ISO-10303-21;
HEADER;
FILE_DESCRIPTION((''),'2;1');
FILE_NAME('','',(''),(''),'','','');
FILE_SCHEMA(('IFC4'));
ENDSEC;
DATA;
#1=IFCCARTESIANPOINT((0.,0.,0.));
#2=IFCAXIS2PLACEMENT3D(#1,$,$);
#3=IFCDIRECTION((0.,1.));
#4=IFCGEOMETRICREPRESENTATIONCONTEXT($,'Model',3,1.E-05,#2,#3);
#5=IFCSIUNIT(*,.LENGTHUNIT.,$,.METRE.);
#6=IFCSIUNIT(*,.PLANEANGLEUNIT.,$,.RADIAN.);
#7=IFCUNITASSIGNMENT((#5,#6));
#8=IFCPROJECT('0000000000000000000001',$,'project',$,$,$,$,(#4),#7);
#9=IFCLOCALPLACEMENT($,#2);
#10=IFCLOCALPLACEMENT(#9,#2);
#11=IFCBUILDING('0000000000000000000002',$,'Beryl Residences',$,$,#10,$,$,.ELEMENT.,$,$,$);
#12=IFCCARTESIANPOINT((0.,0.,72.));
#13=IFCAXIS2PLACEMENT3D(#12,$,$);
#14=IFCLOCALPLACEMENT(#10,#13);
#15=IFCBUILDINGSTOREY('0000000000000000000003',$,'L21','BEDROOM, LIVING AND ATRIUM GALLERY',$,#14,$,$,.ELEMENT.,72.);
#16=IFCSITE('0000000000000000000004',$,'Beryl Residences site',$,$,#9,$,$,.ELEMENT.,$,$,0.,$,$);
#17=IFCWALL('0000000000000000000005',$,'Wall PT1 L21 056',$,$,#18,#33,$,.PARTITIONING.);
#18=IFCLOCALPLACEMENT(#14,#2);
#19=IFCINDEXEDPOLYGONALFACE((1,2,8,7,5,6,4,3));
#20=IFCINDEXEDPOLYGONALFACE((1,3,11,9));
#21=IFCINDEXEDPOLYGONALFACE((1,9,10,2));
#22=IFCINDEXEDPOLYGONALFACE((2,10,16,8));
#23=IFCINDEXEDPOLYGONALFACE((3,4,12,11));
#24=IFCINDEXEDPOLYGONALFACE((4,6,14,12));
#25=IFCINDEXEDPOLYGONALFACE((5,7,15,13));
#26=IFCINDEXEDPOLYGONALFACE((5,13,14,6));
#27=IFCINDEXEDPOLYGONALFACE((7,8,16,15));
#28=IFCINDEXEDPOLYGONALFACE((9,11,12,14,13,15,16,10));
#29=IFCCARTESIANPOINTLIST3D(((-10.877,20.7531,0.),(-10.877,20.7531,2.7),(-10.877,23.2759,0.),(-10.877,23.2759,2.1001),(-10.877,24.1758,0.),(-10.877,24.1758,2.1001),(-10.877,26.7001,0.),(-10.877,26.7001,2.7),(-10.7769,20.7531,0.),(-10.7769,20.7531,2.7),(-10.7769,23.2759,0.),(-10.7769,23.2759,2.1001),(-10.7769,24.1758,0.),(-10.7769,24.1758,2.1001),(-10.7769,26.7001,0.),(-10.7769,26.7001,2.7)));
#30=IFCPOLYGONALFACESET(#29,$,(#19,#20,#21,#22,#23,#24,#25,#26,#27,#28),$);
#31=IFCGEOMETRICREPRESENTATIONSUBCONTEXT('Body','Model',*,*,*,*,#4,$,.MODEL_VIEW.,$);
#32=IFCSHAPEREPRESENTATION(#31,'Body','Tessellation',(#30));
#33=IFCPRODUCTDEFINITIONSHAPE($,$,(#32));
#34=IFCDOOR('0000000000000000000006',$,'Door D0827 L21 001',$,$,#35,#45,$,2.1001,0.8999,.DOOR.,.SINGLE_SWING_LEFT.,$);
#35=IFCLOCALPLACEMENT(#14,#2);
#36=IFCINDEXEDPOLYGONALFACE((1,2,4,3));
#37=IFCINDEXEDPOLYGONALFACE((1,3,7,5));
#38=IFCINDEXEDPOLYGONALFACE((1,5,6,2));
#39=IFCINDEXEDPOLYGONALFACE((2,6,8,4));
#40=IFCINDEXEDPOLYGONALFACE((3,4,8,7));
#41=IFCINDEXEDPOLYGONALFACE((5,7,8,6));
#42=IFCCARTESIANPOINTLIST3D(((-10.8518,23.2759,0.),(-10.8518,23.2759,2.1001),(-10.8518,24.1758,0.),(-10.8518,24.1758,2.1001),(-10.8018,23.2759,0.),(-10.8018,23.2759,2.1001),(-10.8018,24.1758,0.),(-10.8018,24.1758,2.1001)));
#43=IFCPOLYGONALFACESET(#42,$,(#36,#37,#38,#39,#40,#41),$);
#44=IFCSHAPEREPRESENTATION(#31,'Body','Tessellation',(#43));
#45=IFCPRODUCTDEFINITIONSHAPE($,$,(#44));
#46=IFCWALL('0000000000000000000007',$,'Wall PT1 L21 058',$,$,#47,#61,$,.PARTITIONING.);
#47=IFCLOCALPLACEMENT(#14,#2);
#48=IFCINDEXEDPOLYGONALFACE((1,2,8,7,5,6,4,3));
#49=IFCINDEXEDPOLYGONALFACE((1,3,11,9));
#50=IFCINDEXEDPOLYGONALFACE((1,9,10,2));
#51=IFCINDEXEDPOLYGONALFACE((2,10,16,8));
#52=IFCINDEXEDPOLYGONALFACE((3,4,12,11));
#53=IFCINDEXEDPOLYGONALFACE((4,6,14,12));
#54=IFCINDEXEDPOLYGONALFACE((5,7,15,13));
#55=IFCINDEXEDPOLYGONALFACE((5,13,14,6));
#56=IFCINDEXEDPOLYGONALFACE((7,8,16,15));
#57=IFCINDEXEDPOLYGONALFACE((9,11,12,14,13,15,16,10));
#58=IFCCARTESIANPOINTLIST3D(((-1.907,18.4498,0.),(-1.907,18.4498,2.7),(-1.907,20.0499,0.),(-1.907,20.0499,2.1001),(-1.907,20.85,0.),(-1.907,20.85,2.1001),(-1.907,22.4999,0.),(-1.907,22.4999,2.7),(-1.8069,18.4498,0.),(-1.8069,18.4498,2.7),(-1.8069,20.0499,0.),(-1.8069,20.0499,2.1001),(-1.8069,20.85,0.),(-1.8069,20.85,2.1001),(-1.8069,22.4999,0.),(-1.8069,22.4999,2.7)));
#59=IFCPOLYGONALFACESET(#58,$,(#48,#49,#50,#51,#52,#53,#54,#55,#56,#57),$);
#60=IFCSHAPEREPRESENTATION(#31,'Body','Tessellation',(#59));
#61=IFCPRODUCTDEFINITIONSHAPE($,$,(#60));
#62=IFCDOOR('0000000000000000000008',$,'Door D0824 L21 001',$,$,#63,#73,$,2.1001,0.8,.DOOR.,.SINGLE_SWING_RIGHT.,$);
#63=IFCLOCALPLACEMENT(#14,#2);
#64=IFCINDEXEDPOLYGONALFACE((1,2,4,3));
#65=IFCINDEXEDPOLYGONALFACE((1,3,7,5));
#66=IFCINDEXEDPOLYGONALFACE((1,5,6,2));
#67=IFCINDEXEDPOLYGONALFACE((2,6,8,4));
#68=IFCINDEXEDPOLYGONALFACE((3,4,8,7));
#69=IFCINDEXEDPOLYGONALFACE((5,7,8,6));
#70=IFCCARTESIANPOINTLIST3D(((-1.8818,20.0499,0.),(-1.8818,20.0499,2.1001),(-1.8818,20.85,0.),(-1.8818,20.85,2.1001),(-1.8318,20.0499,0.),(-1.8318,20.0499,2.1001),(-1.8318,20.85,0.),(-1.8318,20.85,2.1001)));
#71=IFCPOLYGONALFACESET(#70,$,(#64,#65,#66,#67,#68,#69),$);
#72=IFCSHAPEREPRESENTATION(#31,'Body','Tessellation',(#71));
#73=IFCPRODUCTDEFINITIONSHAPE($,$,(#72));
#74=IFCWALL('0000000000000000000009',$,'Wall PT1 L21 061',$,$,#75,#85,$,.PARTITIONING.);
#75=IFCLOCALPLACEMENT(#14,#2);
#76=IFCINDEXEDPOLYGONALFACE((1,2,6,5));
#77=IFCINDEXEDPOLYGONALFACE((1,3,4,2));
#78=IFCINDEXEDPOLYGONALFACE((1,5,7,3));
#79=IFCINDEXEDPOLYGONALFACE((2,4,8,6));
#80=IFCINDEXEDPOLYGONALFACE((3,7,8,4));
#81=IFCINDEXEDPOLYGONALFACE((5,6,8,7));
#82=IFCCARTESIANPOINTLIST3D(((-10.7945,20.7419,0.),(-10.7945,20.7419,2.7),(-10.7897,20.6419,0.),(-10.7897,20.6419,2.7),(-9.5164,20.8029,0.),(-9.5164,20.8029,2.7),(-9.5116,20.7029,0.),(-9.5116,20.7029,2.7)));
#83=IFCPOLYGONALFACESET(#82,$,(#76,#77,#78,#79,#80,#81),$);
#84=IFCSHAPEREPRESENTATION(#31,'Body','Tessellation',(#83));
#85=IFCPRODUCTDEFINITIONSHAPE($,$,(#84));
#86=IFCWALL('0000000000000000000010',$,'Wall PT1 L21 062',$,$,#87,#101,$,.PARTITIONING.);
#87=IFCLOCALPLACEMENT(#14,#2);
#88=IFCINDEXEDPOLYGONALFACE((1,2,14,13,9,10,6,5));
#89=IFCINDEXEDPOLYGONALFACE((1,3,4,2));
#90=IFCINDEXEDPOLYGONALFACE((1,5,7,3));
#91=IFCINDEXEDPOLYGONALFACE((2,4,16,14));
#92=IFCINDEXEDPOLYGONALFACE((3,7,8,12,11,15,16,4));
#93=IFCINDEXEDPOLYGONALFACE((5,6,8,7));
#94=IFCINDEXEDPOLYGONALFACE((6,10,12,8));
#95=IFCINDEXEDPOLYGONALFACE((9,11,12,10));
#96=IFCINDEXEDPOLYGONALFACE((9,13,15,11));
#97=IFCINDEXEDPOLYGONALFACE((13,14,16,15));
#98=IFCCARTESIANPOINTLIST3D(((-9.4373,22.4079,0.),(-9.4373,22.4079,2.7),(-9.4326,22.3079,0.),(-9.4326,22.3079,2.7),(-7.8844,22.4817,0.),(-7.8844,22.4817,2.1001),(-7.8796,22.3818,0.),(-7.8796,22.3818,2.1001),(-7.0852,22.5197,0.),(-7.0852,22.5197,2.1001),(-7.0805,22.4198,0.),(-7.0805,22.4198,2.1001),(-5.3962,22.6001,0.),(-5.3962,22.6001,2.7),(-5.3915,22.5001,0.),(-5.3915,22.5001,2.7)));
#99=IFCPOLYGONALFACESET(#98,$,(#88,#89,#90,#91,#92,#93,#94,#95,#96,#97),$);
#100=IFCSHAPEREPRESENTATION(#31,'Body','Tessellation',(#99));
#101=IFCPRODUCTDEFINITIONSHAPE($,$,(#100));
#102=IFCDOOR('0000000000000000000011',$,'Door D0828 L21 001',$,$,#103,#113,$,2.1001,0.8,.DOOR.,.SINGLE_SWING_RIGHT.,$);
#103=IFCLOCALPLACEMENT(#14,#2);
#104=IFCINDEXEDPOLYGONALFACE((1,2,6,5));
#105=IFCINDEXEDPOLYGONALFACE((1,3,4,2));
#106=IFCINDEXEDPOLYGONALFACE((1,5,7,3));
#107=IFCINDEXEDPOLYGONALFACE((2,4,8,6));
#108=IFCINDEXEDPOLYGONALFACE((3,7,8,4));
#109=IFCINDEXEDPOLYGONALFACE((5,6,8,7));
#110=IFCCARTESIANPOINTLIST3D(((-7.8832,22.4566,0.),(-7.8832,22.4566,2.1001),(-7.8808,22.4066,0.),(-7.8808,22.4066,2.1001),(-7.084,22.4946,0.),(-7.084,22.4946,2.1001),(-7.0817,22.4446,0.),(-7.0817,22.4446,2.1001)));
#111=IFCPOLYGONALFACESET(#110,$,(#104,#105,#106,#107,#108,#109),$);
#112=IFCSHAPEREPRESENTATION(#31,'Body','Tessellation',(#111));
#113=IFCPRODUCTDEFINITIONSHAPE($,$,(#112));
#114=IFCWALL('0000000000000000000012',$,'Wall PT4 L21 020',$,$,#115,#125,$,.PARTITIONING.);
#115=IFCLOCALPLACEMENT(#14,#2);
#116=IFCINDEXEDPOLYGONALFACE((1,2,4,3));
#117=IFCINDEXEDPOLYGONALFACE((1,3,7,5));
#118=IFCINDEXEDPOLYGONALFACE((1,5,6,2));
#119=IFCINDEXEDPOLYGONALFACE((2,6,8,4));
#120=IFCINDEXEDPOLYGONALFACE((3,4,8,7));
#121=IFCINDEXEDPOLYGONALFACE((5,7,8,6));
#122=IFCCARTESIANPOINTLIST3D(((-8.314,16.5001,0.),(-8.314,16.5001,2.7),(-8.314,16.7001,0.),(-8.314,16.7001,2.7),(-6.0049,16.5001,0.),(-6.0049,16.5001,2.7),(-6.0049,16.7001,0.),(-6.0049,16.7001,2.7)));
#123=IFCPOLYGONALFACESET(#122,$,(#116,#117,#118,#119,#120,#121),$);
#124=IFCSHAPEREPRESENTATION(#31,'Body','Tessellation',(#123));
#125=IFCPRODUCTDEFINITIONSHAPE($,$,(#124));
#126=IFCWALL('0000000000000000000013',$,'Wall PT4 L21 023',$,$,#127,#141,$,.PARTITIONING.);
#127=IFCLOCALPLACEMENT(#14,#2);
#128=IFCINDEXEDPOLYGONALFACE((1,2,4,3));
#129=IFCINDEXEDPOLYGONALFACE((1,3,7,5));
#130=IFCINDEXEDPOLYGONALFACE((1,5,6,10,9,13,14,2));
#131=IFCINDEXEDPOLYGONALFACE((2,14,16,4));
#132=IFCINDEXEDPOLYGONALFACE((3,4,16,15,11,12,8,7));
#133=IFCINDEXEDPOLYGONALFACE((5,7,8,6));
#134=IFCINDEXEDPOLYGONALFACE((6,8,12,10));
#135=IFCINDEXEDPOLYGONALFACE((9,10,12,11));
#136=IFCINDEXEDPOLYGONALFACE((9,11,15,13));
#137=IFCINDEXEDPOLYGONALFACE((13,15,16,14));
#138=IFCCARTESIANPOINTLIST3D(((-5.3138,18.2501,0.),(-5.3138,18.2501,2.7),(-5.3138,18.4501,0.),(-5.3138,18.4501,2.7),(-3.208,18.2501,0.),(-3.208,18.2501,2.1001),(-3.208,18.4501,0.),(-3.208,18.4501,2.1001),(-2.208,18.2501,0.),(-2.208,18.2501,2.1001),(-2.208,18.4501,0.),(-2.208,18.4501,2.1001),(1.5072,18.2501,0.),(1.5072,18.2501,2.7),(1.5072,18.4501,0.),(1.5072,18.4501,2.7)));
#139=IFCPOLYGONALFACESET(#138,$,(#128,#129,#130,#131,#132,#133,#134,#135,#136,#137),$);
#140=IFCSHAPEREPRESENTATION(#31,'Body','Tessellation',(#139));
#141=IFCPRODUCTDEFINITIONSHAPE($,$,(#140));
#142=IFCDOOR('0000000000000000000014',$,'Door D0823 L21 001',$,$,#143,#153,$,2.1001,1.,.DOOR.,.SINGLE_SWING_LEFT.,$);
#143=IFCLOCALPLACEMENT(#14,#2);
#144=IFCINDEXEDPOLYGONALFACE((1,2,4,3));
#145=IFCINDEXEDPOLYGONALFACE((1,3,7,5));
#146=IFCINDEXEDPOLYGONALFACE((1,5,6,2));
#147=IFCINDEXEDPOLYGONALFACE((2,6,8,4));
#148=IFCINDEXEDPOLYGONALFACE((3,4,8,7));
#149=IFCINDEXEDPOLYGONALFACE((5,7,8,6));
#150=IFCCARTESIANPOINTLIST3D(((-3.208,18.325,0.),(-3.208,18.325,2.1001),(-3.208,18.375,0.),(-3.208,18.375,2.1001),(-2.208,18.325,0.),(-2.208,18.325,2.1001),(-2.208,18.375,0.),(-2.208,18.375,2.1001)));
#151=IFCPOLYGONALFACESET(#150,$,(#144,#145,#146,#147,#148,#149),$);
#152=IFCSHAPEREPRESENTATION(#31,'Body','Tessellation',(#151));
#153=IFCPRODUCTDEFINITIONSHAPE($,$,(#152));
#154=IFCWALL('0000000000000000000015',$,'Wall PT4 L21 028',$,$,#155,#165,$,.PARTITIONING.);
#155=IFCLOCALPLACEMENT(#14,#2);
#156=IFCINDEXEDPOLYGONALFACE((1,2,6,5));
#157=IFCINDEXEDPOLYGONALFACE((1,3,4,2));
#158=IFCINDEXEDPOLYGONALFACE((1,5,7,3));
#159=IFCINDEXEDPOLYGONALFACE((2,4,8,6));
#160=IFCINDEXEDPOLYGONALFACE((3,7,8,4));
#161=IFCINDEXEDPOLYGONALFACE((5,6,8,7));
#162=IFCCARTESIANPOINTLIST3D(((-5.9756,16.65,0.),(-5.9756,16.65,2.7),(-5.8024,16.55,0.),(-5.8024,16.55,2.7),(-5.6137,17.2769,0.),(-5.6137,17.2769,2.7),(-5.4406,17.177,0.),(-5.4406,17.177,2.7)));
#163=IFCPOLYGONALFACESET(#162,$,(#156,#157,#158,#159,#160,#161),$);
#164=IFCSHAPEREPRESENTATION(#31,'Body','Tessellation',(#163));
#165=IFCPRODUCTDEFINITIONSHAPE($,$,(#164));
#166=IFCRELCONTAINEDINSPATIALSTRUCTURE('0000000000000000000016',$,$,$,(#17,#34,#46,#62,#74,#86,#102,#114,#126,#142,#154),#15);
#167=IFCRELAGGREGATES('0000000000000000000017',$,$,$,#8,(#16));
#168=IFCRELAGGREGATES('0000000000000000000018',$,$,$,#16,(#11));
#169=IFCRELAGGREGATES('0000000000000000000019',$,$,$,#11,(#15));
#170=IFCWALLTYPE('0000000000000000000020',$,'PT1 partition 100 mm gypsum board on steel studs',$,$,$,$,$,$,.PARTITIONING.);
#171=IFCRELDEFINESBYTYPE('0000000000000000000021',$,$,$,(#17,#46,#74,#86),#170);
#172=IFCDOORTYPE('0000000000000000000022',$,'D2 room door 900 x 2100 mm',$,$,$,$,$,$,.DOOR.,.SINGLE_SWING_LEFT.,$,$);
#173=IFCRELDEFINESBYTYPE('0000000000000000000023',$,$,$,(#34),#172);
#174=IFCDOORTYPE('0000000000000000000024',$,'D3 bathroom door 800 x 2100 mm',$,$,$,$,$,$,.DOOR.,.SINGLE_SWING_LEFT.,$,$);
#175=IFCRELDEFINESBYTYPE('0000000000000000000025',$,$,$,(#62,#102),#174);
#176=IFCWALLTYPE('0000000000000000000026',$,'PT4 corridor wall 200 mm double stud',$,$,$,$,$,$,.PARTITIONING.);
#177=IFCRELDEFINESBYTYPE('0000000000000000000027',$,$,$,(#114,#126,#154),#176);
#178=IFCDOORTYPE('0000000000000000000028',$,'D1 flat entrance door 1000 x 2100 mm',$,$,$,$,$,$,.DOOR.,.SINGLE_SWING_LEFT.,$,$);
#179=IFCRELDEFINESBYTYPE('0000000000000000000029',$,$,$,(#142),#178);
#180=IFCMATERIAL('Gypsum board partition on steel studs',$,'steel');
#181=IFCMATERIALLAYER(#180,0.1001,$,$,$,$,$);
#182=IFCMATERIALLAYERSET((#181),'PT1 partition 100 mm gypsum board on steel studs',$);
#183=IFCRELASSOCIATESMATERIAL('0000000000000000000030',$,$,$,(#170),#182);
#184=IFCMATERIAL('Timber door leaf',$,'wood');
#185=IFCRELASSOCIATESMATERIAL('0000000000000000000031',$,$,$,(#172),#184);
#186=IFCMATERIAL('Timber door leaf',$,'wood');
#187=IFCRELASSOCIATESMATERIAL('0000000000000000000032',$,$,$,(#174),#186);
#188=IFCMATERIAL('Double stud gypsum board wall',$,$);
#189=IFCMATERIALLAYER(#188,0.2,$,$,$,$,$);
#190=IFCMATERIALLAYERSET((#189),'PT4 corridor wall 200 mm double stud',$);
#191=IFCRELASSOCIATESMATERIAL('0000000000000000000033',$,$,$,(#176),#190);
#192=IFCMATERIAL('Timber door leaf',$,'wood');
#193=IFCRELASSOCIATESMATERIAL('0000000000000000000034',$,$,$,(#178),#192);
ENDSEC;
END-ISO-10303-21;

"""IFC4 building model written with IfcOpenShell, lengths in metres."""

from ifc_helpers import new_model, si_unit, direction, frame, frame_2d, origin, place, context, subcontext, project, spatial, rectangle, extrude, material, layer, layer_set, type_object, element, fill, save


model = new_model("IFC4")

# Units and contexts
model_context = context("Model", 3, precision=1e-05, world=origin(), true_north=direction((0.0, 1.0)))
body_context = subcontext(model_context, "Body", "Model", "MODEL_VIEW")
ifc_project = project(units=[si_unit("LENGTHUNIT", "METRE"), si_unit("PLANEANGLEUNIT", "RADIAN")], contexts=[model_context])

# Site, building, storey
site_placement = place(None, origin())
site = spatial("IfcSite", under=ifc_project, at=site_placement, Name="Beryl Residences site", CompositionType="ELEMENT", RefElevation=0.0)
building_placement = place(site_placement, origin())
building = spatial("IfcBuilding", under=site, at=building_placement, Name="Beryl Residences", CompositionType="ELEMENT")
storey_placement = place(building_placement, frame((0.0, 0.0, 72.0)))
storey = spatial("IfcBuildingStorey", under=building, at=storey_placement, Name="L21", Description="BEDROOM, LIVING AND ATRIUM GALLERY", CompositionType="ELEMENT", Elevation=72.0)

# Shared definitions
ifc_material_1 = material(Name="Gypsum board partition on steel studs", Category="steel")
ifc_layer_1 = layer(ifc_material_1, 0.1001)
ifc_layer_set_1 = layer_set([ifc_layer_1], Name="PT1 partition 100 mm gypsum board on steel studs")
wall_type_1 = type_object("IfcWallType", Name="PT1 partition 100 mm gypsum board on steel studs", PredefinedType="PARTITIONING", material=ifc_layer_set_1)

# Shared definitions
ifc_material_2 = material(Name="Timber door leaf", Category="wood")
door_type_1 = type_object("IfcDoorType", Name="D2 room door 900 x 2100 mm", OperationType="SINGLE_SWING_LEFT", PredefinedType="DOOR", material=ifc_material_2)

# Walls, openings, doors
wall_1_placement = place(storey_placement, frame((-10.8269, 20.7529, 0.0), z_axis=(0.0, 0.0, 1.0), x_axis=(0.0, 1.0, 0.0)))
wall_1 = element("IfcWall", 1, at=wall_1_placement, inside=storey, type_object=wall_type_1, Name="Wall PT1 L21 056", PredefinedType="PARTITIONING", context=body_context, shape_type="SweptSolid", body=[
    extrude(rectangle(XDim=5.947, YDim=0.1001, at=frame_2d((2.9736, 0.0))), origin(), (0.0, 0.0, 1.0), 2.7),
])
opening_1_placement = place(wall_1_placement, frame((2.5229, 0.0, 0.0)))
opening_1 = element("IfcOpeningElement", 2, at=opening_1_placement, cuts=wall_1, PredefinedType="OPENING", context=body_context, shape_type="SweptSolid", body=[
    extrude(rectangle(XDim=0.8999, YDim=2.1001, at=frame_2d((0.45, 1.05))), frame((0.0, 0.0601, 0.0), z_axis=(0.0, -1.0, 0.0), x_axis=(1.0, 0.0, 0.0)), (0.0, 0.0, 1.0), 0.1201),
])
door_1_placement = place(opening_1_placement, origin())
door_1 = element("IfcDoor", 3, at=door_1_placement, inside=storey, type_object=door_type_1, Name="Door D0827 L21 001", OperationType="SINGLE_SWING_LEFT", OverallHeight=2.1001, OverallWidth=0.8999, PredefinedType="DOOR", context=body_context, shape_type="SweptSolid", body=[
    extrude(rectangle(XDim=0.8999, YDim=2.1001, at=frame_2d((0.45, 1.05))), frame((0.0, 0.0249, 0.0), z_axis=(0.0, -1.0, 0.0), x_axis=(1.0, 0.0, 0.0)), (0.0, 0.0, 1.0), 0.05),
])
fill(opening_1, door_1)
wall_2_placement = place(storey_placement, frame((-1.8569, 18.45, 0.0), z_axis=(0.0, 0.0, 1.0), x_axis=(0.0, 1.0, 0.0)))
wall_2 = element("IfcWall", 4, at=wall_2_placement, inside=storey, type_object=wall_type_1, Name="Wall PT1 L21 058", PredefinedType="PARTITIONING", context=body_context, shape_type="SweptSolid", body=[
    extrude(rectangle(XDim=4.05, YDim=0.1001, at=frame_2d((2.0249, 0.0))), origin(), (0.0, 0.0, 1.0), 2.7),
])
opening_2_placement = place(wall_2_placement, frame((1.6001, 0.0, 0.0)))
opening_2 = element("IfcOpeningElement", 5, at=opening_2_placement, cuts=wall_2, PredefinedType="OPENING", context=body_context, shape_type="SweptSolid", body=[
    extrude(rectangle(XDim=0.8, YDim=2.1001, at=frame_2d((0.3999, 1.05))), frame((0.0, 0.0601, 0.0), z_axis=(0.0, -1.0, 0.0), x_axis=(1.0, 0.0, 0.0)), (0.0, 0.0, 1.0), 0.1201),
])
ifc_material_3 = material(Name="Timber door leaf", Category="wood")
door_type_2 = type_object("IfcDoorType", Name="D3 bathroom door 800 x 2100 mm", OperationType="SINGLE_SWING_LEFT", PredefinedType="DOOR", material=ifc_material_3)
door_2_placement = place(opening_2_placement, origin())
door_2 = element("IfcDoor", 6, at=door_2_placement, inside=storey, type_object=door_type_2, Name="Door D0824 L21 001", OperationType="SINGLE_SWING_RIGHT", OverallHeight=2.1001, OverallWidth=0.8, PredefinedType="DOOR", context=body_context, shape_type="SweptSolid", body=[
    extrude(rectangle(XDim=0.8, YDim=2.1001, at=frame_2d((0.3999, 1.05))), frame((0.0, 0.0249, 0.0), z_axis=(0.0, -1.0, 0.0), x_axis=(1.0, 0.0, 0.0)), (0.0, 0.0, 1.0), 0.05),
])
fill(opening_2, door_2)

# Wall
wall_3_placement = place(storey_placement, frame((-10.792, 20.6919, 0.0), z_axis=(0.0, 0.0, 1.0), x_axis=(0.998862, 0.047701, 0.0)))
element("IfcWall", 7, at=wall_3_placement, inside=storey, type_object=wall_type_1, Name="Wall PT1 L21 061", PredefinedType="PARTITIONING", context=body_context, shape_type="SweptSolid", body=[
    extrude(rectangle(XDim=1.2795, YDim=0.1001, at=frame_2d((0.6396, 0.0))), origin(), (0.0, 0.0, 1.0), 2.7),
])

# Wall, opening, door
wall_4_placement = place(storey_placement, frame((-9.4351, 22.3579, 0.0), z_axis=(0.0, 0.0, 1.0), x_axis=(0.998872, 0.047493, 0.0)))
wall_4 = element("IfcWall", 8, at=wall_4_placement, inside=storey, type_object=wall_type_1, Name="Wall PT1 L21 062", PredefinedType="PARTITIONING", context=body_context, shape_type="SweptSolid", body=[
    extrude(rectangle(XDim=4.0457, YDim=0.1001, at=frame_2d((2.0229, 0.0))), origin(), (0.0, 0.0, 1.0), 2.7),
])
opening_3_placement = place(wall_4_placement, frame((1.5549, 0.0, 0.0)))
opening_3 = element("IfcOpeningElement", 9, at=opening_3_placement, cuts=wall_4, PredefinedType="OPENING", context=body_context, shape_type="SweptSolid", body=[
    extrude(rectangle(XDim=0.8, YDim=2.1001, at=frame_2d((0.3999, 1.05))), frame((0.0, 0.0601, 0.0), z_axis=(0.0, -1.0, 0.0), x_axis=(1.0, 0.0, 0.0)), (0.0, 0.0, 1.0), 0.1201),
])
door_3_placement = place(opening_3_placement, origin())
door_3 = element("IfcDoor", 10, at=door_3_placement, inside=storey, type_object=door_type_2, Name="Door D0828 L21 001", OperationType="SINGLE_SWING_RIGHT", OverallHeight=2.1001, OverallWidth=0.8, PredefinedType="DOOR", context=body_context, shape_type="SweptSolid", body=[
    extrude(rectangle(XDim=0.8, YDim=2.1001, at=frame_2d((0.3999, 1.05))), frame((0.0, 0.0249, 0.0), z_axis=(0.0, -1.0, 0.0), x_axis=(1.0, 0.0, 0.0)), (0.0, 0.0, 1.0), 0.05),
])
fill(opening_3, door_3)

# Wall
ifc_material_4 = material(Name="Double stud gypsum board wall")
ifc_layer_2 = layer(ifc_material_4, 0.2)
ifc_layer_set_2 = layer_set([ifc_layer_2], Name="PT4 corridor wall 200 mm double stud")
wall_type_2 = type_object("IfcWallType", Name="PT4 corridor wall 200 mm double stud", PredefinedType="PARTITIONING", material=ifc_layer_set_2)
wall_5_placement = place(storey_placement, frame((-8.314, 16.6001, 0.0), z_axis=(0.0, 0.0, 1.0), x_axis=(1.0, 0.0, 0.0)))
element("IfcWall", 11, at=wall_5_placement, inside=storey, type_object=wall_type_2, Name="Wall PT4 L21 020", PredefinedType="PARTITIONING", context=body_context, shape_type="SweptSolid", body=[
    extrude(rectangle(XDim=2.3091, YDim=0.2, at=frame_2d((1.1545, 0.0))), origin(), (0.0, 0.0, 1.0), 2.7),
])

# Wall, opening, door
wall_6_placement = place(storey_placement, frame((-5.314, 18.3501, 0.0), z_axis=(0.0, 0.0, 1.0), x_axis=(1.0, 0.0, 0.0)))
wall_6 = element("IfcWall", 12, at=wall_6_placement, inside=storey, type_object=wall_type_2, Name="Wall PT4 L21 023", PredefinedType="PARTITIONING", context=body_context, shape_type="SweptSolid", body=[
    extrude(rectangle(XDim=6.821, YDim=0.2, at=frame_2d((3.4106, 0.0))), origin(), (0.0, 0.0, 1.0), 2.7),
])
opening_4_placement = place(wall_6_placement, frame((2.106, 0.0, 0.0)))
opening_4 = element("IfcOpeningElement", 13, at=opening_4_placement, cuts=wall_6, PredefinedType="OPENING", context=body_context, shape_type="SweptSolid", body=[
    extrude(rectangle(XDim=1.0, YDim=2.1001, at=frame_2d((0.5, 1.05))), frame((0.0, 0.1099, 0.0), z_axis=(0.0, -1.0, 0.0), x_axis=(1.0, 0.0, 0.0)), (0.0, 0.0, 1.0), 0.22),
])
ifc_material_5 = material(Name="Timber door leaf", Category="wood")
door_type_3 = type_object("IfcDoorType", Name="D1 flat entrance door 1000 x 2100 mm", OperationType="SINGLE_SWING_LEFT", PredefinedType="DOOR", material=ifc_material_5)
door_4_placement = place(opening_4_placement, origin())
door_4 = element("IfcDoor", 14, at=door_4_placement, inside=storey, type_object=door_type_3, Name="Door D0823 L21 001", OperationType="SINGLE_SWING_LEFT", OverallHeight=2.1001, OverallWidth=1.0, PredefinedType="DOOR", context=body_context, shape_type="SweptSolid", body=[
    extrude(rectangle(XDim=1.0, YDim=2.1001, at=frame_2d((0.5, 1.05))), frame((0.0, 0.0249, 0.0), z_axis=(0.0, -1.0, 0.0), x_axis=(1.0, 0.0, 0.0)), (0.0, 0.0, 1.0), 0.05),
])
fill(opening_4, door_4)

# Wall
wall_7_placement = place(storey_placement, frame((-5.8889, 16.6001, 0.0), z_axis=(0.0, 0.0, 1.0), x_axis=(0.499839, 0.866118, 0.0)))
element("IfcWall", 15, at=wall_7_placement, inside=storey, type_object=wall_type_2, Name="Wall PT4 L21 028", PredefinedType="PARTITIONING", context=body_context, shape_type="SweptSolid", body=[
    extrude(rectangle(XDim=0.7239, YDim=0.2, at=frame_2d((0.3618, 0.0))), origin(), (0.0, 0.0, 1.0), 2.7),
])

save(model, "model.ifc")
